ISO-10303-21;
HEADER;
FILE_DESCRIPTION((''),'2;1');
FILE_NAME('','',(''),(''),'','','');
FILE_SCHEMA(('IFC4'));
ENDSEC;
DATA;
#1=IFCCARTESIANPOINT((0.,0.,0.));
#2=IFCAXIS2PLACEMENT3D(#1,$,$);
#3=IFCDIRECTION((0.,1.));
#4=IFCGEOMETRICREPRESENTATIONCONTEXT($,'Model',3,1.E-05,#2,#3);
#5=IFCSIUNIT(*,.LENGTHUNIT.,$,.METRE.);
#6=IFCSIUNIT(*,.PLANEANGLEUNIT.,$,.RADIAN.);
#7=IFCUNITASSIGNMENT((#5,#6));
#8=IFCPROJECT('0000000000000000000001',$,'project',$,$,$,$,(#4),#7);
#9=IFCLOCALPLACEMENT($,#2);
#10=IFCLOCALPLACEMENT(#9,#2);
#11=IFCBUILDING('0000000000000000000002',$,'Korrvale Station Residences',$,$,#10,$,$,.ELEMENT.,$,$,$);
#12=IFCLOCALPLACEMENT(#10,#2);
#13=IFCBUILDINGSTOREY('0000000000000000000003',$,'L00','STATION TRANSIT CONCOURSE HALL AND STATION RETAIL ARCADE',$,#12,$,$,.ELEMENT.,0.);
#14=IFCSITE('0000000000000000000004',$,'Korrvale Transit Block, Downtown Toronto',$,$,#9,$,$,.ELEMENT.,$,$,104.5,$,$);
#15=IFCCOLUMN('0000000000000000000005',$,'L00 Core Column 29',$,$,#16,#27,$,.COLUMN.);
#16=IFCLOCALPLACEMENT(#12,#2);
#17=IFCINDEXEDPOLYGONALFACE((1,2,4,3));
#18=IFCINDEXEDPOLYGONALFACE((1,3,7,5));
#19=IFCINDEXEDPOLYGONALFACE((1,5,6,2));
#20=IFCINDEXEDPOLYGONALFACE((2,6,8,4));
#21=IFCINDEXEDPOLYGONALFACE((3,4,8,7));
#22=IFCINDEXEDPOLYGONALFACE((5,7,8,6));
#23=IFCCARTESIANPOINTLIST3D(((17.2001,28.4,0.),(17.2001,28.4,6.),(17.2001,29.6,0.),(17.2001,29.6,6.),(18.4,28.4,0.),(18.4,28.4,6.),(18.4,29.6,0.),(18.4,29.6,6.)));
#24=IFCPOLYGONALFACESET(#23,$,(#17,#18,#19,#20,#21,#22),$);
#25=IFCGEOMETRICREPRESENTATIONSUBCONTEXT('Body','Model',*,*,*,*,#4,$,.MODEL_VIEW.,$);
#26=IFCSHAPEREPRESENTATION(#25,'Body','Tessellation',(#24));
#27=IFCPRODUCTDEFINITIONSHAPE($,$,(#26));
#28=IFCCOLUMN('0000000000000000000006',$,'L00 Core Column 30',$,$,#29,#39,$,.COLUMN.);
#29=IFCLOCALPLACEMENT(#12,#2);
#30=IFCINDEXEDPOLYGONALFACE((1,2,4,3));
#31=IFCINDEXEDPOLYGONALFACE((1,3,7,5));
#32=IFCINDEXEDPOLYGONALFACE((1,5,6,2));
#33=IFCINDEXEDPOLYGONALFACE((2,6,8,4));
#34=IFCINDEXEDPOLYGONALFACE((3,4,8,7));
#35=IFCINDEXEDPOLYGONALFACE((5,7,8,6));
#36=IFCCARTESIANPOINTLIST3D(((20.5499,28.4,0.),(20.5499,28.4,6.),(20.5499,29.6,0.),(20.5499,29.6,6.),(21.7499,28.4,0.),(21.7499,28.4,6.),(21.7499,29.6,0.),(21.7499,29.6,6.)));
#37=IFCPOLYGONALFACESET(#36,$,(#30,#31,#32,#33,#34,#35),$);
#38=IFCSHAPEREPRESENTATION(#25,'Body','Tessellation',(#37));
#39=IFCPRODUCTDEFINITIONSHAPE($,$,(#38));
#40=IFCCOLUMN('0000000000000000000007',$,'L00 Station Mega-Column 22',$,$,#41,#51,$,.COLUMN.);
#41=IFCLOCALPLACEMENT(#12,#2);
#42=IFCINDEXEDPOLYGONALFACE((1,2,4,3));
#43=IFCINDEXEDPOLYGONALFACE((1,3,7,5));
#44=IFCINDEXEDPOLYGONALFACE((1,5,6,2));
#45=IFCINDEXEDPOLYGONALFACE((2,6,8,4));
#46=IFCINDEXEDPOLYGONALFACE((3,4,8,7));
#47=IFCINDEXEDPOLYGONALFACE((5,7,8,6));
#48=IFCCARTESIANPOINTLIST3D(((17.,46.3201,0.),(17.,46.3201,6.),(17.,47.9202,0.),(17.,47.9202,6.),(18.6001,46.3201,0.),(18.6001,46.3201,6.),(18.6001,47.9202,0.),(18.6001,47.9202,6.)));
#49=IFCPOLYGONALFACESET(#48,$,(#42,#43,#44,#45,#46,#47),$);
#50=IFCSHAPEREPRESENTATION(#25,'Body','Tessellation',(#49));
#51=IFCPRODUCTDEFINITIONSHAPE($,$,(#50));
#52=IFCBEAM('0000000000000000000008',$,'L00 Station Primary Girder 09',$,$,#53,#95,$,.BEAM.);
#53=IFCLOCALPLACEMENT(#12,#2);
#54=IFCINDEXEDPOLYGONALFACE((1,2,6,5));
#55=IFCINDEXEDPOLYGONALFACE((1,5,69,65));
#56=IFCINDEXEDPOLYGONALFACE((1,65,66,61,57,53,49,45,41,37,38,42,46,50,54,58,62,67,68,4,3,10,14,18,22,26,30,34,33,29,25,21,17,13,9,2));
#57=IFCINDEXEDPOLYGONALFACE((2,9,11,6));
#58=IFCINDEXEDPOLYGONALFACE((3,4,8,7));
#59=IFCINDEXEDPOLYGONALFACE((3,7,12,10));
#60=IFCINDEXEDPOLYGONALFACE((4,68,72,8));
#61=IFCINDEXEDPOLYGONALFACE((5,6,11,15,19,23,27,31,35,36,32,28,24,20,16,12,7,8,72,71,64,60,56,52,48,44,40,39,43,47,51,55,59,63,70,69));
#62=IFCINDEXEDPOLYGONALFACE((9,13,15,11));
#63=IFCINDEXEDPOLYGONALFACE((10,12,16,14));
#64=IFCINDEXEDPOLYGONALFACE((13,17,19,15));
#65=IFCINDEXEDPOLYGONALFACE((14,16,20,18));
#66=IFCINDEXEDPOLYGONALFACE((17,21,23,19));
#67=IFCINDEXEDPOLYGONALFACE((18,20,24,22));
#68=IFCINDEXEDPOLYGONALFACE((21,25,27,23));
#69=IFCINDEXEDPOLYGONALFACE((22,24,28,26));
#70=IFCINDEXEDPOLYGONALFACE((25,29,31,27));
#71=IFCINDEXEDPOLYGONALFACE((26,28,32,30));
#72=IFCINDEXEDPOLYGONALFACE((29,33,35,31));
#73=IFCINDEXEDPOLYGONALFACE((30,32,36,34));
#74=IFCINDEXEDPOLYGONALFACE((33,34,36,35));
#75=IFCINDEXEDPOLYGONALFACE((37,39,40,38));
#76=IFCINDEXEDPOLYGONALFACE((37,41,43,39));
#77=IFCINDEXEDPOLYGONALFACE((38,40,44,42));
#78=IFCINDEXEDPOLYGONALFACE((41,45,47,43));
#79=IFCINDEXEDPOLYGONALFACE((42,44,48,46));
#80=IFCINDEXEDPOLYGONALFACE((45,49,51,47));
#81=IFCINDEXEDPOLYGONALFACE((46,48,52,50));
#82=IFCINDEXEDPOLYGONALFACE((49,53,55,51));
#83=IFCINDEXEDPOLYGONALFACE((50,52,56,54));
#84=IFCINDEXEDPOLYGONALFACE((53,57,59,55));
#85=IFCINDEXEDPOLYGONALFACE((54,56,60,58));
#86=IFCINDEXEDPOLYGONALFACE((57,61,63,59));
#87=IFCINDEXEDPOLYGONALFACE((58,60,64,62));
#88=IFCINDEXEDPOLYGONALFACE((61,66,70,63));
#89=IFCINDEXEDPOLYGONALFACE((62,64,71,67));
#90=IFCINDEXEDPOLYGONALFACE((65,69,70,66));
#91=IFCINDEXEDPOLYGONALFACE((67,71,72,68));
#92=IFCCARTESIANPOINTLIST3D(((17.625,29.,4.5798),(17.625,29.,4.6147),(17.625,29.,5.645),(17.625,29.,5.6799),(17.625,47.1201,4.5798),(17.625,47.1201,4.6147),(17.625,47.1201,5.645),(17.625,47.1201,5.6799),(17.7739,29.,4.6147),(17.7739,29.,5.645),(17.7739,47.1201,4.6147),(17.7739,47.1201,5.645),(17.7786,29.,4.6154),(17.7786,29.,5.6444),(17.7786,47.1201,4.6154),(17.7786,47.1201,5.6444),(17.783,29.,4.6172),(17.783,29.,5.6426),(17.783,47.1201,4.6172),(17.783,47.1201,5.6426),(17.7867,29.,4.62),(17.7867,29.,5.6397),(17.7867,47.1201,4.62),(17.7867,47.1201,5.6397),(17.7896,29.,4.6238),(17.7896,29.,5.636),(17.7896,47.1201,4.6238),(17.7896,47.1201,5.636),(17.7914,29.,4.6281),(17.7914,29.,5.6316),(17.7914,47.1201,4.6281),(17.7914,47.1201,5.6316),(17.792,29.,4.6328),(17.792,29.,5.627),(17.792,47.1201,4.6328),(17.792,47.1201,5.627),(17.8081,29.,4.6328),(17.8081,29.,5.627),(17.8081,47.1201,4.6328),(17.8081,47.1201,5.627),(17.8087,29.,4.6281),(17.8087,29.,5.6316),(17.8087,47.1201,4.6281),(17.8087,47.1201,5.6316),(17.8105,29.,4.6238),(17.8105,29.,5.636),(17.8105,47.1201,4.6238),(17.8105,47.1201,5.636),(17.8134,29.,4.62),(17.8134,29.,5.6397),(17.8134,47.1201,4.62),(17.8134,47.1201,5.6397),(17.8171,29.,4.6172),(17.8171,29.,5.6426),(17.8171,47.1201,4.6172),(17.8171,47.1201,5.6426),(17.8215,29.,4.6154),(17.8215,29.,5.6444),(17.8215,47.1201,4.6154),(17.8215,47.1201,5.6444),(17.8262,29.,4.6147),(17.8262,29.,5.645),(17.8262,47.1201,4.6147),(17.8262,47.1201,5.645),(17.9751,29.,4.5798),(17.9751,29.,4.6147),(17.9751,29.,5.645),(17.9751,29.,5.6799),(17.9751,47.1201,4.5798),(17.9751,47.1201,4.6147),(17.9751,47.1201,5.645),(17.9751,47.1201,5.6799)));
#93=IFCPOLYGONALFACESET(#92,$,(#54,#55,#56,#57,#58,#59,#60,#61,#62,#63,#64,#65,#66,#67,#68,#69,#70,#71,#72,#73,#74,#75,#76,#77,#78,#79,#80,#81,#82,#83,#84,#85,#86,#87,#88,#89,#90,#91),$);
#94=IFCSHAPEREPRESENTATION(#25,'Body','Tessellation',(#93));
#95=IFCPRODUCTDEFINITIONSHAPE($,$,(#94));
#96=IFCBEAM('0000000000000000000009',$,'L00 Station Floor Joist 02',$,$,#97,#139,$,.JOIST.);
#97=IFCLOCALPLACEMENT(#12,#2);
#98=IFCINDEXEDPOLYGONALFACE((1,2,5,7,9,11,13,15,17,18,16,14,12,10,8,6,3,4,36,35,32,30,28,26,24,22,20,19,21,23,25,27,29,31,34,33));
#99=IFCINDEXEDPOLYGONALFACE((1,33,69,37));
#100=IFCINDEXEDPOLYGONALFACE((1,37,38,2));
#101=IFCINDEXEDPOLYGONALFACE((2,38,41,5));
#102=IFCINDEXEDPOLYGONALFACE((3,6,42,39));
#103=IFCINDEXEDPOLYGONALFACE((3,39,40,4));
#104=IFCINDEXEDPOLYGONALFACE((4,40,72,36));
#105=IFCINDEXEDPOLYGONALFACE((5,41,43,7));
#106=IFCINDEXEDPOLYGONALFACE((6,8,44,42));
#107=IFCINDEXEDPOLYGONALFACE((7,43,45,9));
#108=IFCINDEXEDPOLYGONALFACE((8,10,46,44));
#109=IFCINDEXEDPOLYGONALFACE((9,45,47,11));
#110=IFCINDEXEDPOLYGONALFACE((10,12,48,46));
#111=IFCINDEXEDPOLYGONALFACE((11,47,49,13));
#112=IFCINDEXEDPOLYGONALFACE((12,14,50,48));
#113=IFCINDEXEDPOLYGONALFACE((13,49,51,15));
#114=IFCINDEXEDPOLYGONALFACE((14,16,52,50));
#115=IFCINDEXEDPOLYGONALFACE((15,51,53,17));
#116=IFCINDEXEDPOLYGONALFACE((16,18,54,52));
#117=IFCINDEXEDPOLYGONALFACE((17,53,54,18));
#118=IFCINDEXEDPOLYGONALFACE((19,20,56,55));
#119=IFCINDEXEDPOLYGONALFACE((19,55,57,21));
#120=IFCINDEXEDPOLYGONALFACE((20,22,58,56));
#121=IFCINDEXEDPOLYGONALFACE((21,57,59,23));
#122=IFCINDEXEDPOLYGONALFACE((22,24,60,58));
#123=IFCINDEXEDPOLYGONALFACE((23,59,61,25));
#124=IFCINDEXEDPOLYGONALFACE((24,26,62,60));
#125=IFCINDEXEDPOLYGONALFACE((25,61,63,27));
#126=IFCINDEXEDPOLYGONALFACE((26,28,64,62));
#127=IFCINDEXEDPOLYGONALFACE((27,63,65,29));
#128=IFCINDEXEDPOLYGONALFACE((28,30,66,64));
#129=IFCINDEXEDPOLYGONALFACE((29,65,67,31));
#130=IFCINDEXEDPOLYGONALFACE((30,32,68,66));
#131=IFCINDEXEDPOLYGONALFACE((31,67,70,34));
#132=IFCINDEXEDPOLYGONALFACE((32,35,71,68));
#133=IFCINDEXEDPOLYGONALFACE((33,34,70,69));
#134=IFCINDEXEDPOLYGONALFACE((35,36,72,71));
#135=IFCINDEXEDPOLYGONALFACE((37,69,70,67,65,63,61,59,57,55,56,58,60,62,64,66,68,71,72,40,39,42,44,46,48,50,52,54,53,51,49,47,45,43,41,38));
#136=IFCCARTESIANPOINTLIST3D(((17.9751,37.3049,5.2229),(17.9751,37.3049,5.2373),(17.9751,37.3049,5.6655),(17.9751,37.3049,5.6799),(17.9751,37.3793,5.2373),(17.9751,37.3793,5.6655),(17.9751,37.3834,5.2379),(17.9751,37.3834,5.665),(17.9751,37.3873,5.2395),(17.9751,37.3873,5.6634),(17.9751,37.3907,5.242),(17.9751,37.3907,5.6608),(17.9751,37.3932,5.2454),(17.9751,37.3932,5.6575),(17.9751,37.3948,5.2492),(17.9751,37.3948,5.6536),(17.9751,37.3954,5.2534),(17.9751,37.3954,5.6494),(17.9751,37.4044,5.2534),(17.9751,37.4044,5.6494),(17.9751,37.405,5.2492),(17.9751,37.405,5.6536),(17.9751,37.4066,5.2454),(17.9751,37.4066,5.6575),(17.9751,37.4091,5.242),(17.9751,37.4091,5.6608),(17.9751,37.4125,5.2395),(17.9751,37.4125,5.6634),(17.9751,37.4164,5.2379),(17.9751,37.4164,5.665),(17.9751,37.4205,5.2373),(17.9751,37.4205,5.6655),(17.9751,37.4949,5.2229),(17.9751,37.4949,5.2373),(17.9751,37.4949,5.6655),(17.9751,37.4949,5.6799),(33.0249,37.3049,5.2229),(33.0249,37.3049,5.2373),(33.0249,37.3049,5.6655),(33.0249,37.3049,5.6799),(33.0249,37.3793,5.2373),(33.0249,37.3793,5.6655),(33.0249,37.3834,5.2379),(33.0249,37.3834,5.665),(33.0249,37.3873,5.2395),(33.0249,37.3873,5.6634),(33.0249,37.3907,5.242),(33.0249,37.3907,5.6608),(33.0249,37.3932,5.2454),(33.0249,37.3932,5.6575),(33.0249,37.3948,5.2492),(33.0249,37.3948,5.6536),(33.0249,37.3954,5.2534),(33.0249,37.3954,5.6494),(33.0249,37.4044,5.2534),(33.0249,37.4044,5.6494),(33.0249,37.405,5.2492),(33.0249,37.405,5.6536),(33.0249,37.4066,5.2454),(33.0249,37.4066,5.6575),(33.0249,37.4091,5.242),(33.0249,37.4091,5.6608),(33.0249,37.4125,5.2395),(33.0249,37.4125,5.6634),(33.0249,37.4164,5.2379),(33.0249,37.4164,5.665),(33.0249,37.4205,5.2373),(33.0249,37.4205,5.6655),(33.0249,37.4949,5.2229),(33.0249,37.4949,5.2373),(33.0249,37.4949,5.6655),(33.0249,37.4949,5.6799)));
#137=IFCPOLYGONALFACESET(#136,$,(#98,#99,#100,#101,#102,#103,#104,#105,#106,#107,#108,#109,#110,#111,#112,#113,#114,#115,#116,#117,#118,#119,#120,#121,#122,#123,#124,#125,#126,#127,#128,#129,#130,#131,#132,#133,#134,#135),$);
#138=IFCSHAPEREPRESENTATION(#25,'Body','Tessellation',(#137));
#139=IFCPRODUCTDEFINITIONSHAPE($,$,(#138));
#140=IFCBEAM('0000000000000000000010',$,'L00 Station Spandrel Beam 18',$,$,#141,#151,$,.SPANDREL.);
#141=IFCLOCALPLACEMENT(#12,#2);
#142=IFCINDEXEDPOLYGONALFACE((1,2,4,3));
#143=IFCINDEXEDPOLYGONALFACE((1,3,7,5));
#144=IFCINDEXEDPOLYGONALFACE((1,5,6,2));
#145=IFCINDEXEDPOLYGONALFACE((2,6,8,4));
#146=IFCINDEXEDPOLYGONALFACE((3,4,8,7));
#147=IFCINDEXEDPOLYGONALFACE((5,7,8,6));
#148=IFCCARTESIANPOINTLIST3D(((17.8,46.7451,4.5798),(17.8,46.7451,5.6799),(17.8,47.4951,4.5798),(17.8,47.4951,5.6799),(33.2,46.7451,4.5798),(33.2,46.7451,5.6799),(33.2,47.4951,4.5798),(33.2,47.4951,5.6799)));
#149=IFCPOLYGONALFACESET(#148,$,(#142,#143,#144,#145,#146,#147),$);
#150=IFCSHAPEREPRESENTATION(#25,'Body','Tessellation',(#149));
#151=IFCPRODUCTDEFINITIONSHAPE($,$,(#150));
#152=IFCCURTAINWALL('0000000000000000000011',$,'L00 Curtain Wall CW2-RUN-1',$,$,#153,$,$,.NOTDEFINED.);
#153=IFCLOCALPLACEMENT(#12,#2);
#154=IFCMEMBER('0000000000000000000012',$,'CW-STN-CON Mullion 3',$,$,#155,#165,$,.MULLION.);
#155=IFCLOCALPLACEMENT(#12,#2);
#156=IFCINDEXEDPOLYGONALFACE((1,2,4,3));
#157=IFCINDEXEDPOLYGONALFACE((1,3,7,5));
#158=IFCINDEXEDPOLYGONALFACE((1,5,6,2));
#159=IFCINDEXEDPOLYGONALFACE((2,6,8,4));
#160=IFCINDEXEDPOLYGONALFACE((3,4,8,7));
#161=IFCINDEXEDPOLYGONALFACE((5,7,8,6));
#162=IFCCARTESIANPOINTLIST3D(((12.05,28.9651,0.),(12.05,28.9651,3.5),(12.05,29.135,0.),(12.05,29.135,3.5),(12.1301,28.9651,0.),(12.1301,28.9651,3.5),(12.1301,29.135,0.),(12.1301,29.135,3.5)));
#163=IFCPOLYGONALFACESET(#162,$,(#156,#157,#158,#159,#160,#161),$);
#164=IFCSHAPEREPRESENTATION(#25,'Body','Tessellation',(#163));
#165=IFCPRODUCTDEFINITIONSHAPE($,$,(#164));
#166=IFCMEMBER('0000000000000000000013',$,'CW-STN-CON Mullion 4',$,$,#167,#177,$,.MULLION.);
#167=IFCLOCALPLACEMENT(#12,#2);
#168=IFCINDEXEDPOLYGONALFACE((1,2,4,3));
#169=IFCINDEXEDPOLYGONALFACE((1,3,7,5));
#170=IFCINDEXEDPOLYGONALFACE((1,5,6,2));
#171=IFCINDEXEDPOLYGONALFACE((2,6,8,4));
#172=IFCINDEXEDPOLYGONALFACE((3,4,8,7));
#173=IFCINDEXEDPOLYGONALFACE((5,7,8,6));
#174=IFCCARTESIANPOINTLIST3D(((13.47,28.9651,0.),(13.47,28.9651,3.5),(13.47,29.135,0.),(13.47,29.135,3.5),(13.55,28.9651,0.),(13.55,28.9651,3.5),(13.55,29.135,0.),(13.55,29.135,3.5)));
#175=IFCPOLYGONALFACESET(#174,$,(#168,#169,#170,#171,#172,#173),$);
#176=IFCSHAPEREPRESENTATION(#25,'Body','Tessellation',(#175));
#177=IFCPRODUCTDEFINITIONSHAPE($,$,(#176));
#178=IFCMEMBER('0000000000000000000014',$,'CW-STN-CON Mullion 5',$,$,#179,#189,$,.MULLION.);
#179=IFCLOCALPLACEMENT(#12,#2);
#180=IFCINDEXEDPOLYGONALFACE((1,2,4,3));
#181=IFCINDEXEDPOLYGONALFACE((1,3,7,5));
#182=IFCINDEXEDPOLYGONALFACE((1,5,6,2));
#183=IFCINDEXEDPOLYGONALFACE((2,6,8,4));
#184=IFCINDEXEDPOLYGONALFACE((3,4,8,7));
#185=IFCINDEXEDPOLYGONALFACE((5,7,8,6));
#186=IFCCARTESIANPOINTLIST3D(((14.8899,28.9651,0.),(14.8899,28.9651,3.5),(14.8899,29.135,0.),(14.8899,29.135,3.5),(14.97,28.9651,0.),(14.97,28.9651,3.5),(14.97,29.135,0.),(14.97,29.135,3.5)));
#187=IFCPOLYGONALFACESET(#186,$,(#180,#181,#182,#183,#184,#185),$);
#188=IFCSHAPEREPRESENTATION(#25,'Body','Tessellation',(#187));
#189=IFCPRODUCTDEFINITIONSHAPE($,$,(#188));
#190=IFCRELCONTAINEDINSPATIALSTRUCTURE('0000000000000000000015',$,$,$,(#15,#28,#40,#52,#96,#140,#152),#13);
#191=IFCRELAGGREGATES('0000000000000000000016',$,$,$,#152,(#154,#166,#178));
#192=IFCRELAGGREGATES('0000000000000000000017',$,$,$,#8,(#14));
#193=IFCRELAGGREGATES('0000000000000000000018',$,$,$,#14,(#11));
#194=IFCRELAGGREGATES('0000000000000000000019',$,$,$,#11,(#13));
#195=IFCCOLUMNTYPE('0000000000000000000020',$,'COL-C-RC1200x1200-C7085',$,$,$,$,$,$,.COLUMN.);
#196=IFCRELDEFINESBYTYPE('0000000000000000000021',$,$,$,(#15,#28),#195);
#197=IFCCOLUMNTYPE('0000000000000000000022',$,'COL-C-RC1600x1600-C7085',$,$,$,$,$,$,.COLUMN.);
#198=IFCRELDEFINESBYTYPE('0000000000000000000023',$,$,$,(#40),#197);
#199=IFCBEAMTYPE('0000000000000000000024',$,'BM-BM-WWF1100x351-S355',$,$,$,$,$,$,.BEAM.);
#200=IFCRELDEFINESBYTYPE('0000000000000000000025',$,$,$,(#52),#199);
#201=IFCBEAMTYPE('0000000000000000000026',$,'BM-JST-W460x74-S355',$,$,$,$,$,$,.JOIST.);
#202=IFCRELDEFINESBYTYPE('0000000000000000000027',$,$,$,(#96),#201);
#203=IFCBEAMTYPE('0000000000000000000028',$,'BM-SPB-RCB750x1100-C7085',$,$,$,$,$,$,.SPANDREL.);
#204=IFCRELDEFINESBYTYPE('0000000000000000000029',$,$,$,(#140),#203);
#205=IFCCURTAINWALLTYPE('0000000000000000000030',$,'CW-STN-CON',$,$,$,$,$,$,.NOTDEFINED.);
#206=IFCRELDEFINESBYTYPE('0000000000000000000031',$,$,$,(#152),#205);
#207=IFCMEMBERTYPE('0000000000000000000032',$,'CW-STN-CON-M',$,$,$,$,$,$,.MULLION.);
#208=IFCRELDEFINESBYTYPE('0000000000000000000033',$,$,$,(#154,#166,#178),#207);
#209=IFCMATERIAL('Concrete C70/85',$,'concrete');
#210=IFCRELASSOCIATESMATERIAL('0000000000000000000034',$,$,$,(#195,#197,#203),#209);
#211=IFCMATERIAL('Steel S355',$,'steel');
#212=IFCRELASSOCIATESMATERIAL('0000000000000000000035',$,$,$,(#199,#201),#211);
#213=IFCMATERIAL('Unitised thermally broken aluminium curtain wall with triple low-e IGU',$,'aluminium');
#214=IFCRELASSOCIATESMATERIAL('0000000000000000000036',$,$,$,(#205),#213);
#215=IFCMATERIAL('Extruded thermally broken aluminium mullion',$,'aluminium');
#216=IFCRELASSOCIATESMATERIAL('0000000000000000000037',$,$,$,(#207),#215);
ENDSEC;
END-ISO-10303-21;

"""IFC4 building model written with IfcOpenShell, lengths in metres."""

from ifc_helpers import new_model, si_unit, direction, frame, origin, origin_2d, place, context, subcontext, project, spatial, rectangle, i_section, extrude, material, material_profile, profile_set, type_object, element, aggregate, save


model = new_model("IFC4")

# Units and contexts
model_context = context("Model", 3, precision=1e-05, world=origin(), true_north=direction((0.0, 1.0)))
body_context = subcontext(model_context, "Body", "Model", "MODEL_VIEW")
ifc_project = project(units=[si_unit("LENGTHUNIT", "METRE"), si_unit("PLANEANGLEUNIT", "RADIAN")], contexts=[model_context])

# Site, building, storey
site_placement = place(None, origin())
site = spatial("IfcSite", under=ifc_project, at=site_placement, Name="Korrvale Transit Block, Downtown Toronto", CompositionType="ELEMENT", RefElevation=104.5)
building_placement = place(site_placement, origin())
building = spatial("IfcBuilding", under=site, at=building_placement, Name="Korrvale Station Residences", CompositionType="ELEMENT")
storey_placement = place(building_placement, origin())
storey = spatial("IfcBuildingStorey", under=building, at=storey_placement, Name="L00", Description="STATION TRANSIT CONCOURSE HALL AND STATION RETAIL ARCADE", CompositionType="ELEMENT", Elevation=0.0)

# Columns
ifc_material_1 = material(Name="Concrete C70/85", Category="concrete")
ifc_material_profile_1 = material_profile(ifc_material_1, rectangle(XDim=1.2, YDim=1.2, at=origin_2d()), Name="RC1200x1200")
ifc_profile_set_1 = profile_set([ifc_material_profile_1], Name="Concrete C70/85")
column_type_1 = type_object("IfcColumnType", Name="COL-C-RC1200x1200-C7085", PredefinedType="COLUMN", material=ifc_profile_set_1)
for number, where, z_axis, x_axis, name in (
    (1, (17.8, 29.0, 0.0), (0.0, 0.0, 1.0), (1.0, 0.0, 0.0), "L00 Core Column 29"),
    (2, (21.1499, 29.0, 0.0), (0.0, 0.0, 1.0), (1.0, 0.0, 0.0), "L00 Core Column 30"),
):
    element("IfcColumn", number, at=place(storey_placement, frame(where, z_axis=z_axis, x_axis=x_axis)), inside=storey, type_object=column_type_1, Name=name, PredefinedType="COLUMN", context=body_context, shape_type="SweptSolid", body=[
        extrude(rectangle(XDim=1.2, YDim=1.2, at=origin_2d()), origin(), (0.0, 0.0, 1.0), 6.0),
    ])
ifc_material_profile_2 = material_profile(ifc_material_1, rectangle(XDim=1.6001, YDim=1.6001, at=origin_2d()), Name="RC1600x1600")
ifc_profile_set_2 = profile_set([ifc_material_profile_2], Name="Concrete C70/85")
column_type_2 = type_object("IfcColumnType", Name="COL-C-RC1600x1600-C7085", PredefinedType="COLUMN", material=ifc_profile_set_2)
column_placement = place(storey_placement, frame((17.8, 47.1201, 0.0), z_axis=(0.0, 0.0, 1.0), x_axis=(1.0, 0.0, 0.0)))
element("IfcColumn", 3, at=column_placement, inside=storey, type_object=column_type_2, Name="L00 Station Mega-Column 22", PredefinedType="COLUMN", context=body_context, shape_type="SweptSolid", body=[
    extrude(rectangle(XDim=1.6001, YDim=1.6001, at=origin_2d()), origin(), (0.0, 0.0, 1.0), 6.0),
])

# Beams
ifc_material_2 = material(Name="Steel S355", Category="steel")
ifc_material_profile_3 = material_profile(ifc_material_2, i_section(OverallWidth=0.3501, OverallDepth=1.1001, WebThickness=0.0161, FlangeThickness=0.0349, FilletRadius=0.0181, at=origin_2d()), Name="WWF1100x351")
ifc_profile_set_3 = profile_set([ifc_material_profile_3], Name="Steel S355")
beam_type_1 = type_object("IfcBeamType", Name="BM-BM-WWF1100x351-S355", PredefinedType="BEAM", material=ifc_profile_set_3)
beam_1_placement = place(storey_placement, frame((17.8, 29.0, 5.1299), z_axis=(0.0, 1.0, 0.0), x_axis=(-1.0, 0.0, 0.0)))
element("IfcBeam", 4, at=beam_1_placement, inside=storey, type_object=beam_type_1, Name="L00 Station Primary Girder 09", PredefinedType="BEAM", context=body_context, shape_type="SweptSolid", body=[
    extrude(i_section(OverallWidth=0.3501, OverallDepth=1.1001, WebThickness=0.0161, FlangeThickness=0.0349, FilletRadius=0.0181, at=origin_2d()), origin(), (0.0, 0.0, 1.0), 18.1201),
])
ifc_material_profile_4 = material_profile(ifc_material_2, i_section(OverallWidth=0.1899, OverallDepth=0.457, WebThickness=0.009, FlangeThickness=0.0144, FilletRadius=0.0161, at=origin_2d()), Name="W460x74")
ifc_profile_set_4 = profile_set([ifc_material_profile_4], Name="Steel S355")
beam_type_2 = type_object("IfcBeamType", Name="BM-JST-W460x74-S355", PredefinedType="JOIST", material=ifc_profile_set_4)
beam_2_placement = place(storey_placement, frame((17.9751, 37.3999, 5.4514), z_axis=(1.0, 0.0, 0.0), x_axis=(0.0, 1.0, 0.0)))
element("IfcBeam", 5, at=beam_2_placement, inside=storey, type_object=beam_type_2, Name="L00 Station Floor Joist 02", PredefinedType="JOIST", context=body_context, shape_type="SweptSolid", body=[
    extrude(i_section(OverallWidth=0.1899, OverallDepth=0.457, WebThickness=0.009, FlangeThickness=0.0144, FilletRadius=0.0161, at=origin_2d()), origin(), (0.0, 0.0, 1.0), 15.0498),
])
ifc_material_profile_5 = material_profile(ifc_material_1, rectangle(XDim=0.75, YDim=1.1001, at=origin_2d()), Name="RCB750x1100")
ifc_profile_set_5 = profile_set([ifc_material_profile_5], Name="Concrete C70/85")
beam_type_3 = type_object("IfcBeamType", Name="BM-SPB-RCB750x1100-C7085", PredefinedType="SPANDREL", material=ifc_profile_set_5)
beam_3_placement = place(storey_placement, frame((17.8, 47.1201, 5.1299), z_axis=(1.0, 0.0, 0.0), x_axis=(0.0, 1.0, 0.0)))
element("IfcBeam", 6, at=beam_3_placement, inside=storey, type_object=beam_type_3, Name="L00 Station Spandrel Beam 18", PredefinedType="SPANDREL", context=body_context, shape_type="SweptSolid", body=[
    extrude(rectangle(XDim=0.75, YDim=1.1001, at=origin_2d()), origin(), (0.0, 0.0, 1.0), 15.3999),
])

# Curtain wall, members
ifc_material_3 = material(Name="Unitised thermally broken aluminium curtain wall with triple low-e IGU", Category="aluminium")
curtain_wall_type = type_object("IfcCurtainWallType", Name="CW-STN-CON", PredefinedType="NOTDEFINED", material=ifc_material_3)
curtain_wall_placement = place(storey_placement, origin())
curtain_wall = element("IfcCurtainWall", 7, at=curtain_wall_placement, inside=storey, type_object=curtain_wall_type, Name="L00 Curtain Wall CW2-RUN-1", PredefinedType="NOTDEFINED")
ifc_material_4 = material(Name="Extruded thermally broken aluminium mullion", Category="aluminium")
member_type_1 = type_object("IfcMemberType", Name="CW-STN-CON-M", PredefinedType="MULLION", material=ifc_material_4)
member_1_placement = place(storey_placement, frame((12.0901, 29.05, 0.0), z_axis=(0.0, 0.0, 1.0), x_axis=(1.0, 0.0, 0.0)))
member_1 = element("IfcMember", 8, at=member_1_placement, type_object=member_type_1, Name="CW-STN-CON Mullion 3", PredefinedType="MULLION", context=body_context, shape_type="SweptSolid", body=[
    extrude(rectangle(XDim=0.0801, YDim=0.1699, at=origin_2d()), origin(), (0.0, 0.0, 1.0), 3.5),
])
member_2_placement = place(storey_placement, frame((13.51, 29.05, 0.0), z_axis=(0.0, 0.0, 1.0), x_axis=(1.0, 0.0, 0.0)))
member_2 = element("IfcMember", 9, at=member_2_placement, type_object=member_type_1, Name="CW-STN-CON Mullion 4", PredefinedType="MULLION", context=body_context, shape_type="SweptSolid", body=[
    extrude(rectangle(XDim=0.0801, YDim=0.1699, at=origin_2d()), origin(), (0.0, 0.0, 1.0), 3.5),
])
member_3_placement = place(storey_placement, frame((14.9299, 29.05, 0.0), z_axis=(0.0, 0.0, 1.0), x_axis=(1.0, 0.0, 0.0)))
member_3 = element("IfcMember", 10, at=member_3_placement, type_object=member_type_1, Name="CW-STN-CON Mullion 5", PredefinedType="MULLION", context=body_context, shape_type="SweptSolid", body=[
    extrude(rectangle(XDim=0.0801, YDim=0.1699, at=origin_2d()), origin(), (0.0, 0.0, 1.0), 3.5),
])
aggregate(curtain_wall, [member_1, member_2, member_3])

save(model, "model.ifc")
